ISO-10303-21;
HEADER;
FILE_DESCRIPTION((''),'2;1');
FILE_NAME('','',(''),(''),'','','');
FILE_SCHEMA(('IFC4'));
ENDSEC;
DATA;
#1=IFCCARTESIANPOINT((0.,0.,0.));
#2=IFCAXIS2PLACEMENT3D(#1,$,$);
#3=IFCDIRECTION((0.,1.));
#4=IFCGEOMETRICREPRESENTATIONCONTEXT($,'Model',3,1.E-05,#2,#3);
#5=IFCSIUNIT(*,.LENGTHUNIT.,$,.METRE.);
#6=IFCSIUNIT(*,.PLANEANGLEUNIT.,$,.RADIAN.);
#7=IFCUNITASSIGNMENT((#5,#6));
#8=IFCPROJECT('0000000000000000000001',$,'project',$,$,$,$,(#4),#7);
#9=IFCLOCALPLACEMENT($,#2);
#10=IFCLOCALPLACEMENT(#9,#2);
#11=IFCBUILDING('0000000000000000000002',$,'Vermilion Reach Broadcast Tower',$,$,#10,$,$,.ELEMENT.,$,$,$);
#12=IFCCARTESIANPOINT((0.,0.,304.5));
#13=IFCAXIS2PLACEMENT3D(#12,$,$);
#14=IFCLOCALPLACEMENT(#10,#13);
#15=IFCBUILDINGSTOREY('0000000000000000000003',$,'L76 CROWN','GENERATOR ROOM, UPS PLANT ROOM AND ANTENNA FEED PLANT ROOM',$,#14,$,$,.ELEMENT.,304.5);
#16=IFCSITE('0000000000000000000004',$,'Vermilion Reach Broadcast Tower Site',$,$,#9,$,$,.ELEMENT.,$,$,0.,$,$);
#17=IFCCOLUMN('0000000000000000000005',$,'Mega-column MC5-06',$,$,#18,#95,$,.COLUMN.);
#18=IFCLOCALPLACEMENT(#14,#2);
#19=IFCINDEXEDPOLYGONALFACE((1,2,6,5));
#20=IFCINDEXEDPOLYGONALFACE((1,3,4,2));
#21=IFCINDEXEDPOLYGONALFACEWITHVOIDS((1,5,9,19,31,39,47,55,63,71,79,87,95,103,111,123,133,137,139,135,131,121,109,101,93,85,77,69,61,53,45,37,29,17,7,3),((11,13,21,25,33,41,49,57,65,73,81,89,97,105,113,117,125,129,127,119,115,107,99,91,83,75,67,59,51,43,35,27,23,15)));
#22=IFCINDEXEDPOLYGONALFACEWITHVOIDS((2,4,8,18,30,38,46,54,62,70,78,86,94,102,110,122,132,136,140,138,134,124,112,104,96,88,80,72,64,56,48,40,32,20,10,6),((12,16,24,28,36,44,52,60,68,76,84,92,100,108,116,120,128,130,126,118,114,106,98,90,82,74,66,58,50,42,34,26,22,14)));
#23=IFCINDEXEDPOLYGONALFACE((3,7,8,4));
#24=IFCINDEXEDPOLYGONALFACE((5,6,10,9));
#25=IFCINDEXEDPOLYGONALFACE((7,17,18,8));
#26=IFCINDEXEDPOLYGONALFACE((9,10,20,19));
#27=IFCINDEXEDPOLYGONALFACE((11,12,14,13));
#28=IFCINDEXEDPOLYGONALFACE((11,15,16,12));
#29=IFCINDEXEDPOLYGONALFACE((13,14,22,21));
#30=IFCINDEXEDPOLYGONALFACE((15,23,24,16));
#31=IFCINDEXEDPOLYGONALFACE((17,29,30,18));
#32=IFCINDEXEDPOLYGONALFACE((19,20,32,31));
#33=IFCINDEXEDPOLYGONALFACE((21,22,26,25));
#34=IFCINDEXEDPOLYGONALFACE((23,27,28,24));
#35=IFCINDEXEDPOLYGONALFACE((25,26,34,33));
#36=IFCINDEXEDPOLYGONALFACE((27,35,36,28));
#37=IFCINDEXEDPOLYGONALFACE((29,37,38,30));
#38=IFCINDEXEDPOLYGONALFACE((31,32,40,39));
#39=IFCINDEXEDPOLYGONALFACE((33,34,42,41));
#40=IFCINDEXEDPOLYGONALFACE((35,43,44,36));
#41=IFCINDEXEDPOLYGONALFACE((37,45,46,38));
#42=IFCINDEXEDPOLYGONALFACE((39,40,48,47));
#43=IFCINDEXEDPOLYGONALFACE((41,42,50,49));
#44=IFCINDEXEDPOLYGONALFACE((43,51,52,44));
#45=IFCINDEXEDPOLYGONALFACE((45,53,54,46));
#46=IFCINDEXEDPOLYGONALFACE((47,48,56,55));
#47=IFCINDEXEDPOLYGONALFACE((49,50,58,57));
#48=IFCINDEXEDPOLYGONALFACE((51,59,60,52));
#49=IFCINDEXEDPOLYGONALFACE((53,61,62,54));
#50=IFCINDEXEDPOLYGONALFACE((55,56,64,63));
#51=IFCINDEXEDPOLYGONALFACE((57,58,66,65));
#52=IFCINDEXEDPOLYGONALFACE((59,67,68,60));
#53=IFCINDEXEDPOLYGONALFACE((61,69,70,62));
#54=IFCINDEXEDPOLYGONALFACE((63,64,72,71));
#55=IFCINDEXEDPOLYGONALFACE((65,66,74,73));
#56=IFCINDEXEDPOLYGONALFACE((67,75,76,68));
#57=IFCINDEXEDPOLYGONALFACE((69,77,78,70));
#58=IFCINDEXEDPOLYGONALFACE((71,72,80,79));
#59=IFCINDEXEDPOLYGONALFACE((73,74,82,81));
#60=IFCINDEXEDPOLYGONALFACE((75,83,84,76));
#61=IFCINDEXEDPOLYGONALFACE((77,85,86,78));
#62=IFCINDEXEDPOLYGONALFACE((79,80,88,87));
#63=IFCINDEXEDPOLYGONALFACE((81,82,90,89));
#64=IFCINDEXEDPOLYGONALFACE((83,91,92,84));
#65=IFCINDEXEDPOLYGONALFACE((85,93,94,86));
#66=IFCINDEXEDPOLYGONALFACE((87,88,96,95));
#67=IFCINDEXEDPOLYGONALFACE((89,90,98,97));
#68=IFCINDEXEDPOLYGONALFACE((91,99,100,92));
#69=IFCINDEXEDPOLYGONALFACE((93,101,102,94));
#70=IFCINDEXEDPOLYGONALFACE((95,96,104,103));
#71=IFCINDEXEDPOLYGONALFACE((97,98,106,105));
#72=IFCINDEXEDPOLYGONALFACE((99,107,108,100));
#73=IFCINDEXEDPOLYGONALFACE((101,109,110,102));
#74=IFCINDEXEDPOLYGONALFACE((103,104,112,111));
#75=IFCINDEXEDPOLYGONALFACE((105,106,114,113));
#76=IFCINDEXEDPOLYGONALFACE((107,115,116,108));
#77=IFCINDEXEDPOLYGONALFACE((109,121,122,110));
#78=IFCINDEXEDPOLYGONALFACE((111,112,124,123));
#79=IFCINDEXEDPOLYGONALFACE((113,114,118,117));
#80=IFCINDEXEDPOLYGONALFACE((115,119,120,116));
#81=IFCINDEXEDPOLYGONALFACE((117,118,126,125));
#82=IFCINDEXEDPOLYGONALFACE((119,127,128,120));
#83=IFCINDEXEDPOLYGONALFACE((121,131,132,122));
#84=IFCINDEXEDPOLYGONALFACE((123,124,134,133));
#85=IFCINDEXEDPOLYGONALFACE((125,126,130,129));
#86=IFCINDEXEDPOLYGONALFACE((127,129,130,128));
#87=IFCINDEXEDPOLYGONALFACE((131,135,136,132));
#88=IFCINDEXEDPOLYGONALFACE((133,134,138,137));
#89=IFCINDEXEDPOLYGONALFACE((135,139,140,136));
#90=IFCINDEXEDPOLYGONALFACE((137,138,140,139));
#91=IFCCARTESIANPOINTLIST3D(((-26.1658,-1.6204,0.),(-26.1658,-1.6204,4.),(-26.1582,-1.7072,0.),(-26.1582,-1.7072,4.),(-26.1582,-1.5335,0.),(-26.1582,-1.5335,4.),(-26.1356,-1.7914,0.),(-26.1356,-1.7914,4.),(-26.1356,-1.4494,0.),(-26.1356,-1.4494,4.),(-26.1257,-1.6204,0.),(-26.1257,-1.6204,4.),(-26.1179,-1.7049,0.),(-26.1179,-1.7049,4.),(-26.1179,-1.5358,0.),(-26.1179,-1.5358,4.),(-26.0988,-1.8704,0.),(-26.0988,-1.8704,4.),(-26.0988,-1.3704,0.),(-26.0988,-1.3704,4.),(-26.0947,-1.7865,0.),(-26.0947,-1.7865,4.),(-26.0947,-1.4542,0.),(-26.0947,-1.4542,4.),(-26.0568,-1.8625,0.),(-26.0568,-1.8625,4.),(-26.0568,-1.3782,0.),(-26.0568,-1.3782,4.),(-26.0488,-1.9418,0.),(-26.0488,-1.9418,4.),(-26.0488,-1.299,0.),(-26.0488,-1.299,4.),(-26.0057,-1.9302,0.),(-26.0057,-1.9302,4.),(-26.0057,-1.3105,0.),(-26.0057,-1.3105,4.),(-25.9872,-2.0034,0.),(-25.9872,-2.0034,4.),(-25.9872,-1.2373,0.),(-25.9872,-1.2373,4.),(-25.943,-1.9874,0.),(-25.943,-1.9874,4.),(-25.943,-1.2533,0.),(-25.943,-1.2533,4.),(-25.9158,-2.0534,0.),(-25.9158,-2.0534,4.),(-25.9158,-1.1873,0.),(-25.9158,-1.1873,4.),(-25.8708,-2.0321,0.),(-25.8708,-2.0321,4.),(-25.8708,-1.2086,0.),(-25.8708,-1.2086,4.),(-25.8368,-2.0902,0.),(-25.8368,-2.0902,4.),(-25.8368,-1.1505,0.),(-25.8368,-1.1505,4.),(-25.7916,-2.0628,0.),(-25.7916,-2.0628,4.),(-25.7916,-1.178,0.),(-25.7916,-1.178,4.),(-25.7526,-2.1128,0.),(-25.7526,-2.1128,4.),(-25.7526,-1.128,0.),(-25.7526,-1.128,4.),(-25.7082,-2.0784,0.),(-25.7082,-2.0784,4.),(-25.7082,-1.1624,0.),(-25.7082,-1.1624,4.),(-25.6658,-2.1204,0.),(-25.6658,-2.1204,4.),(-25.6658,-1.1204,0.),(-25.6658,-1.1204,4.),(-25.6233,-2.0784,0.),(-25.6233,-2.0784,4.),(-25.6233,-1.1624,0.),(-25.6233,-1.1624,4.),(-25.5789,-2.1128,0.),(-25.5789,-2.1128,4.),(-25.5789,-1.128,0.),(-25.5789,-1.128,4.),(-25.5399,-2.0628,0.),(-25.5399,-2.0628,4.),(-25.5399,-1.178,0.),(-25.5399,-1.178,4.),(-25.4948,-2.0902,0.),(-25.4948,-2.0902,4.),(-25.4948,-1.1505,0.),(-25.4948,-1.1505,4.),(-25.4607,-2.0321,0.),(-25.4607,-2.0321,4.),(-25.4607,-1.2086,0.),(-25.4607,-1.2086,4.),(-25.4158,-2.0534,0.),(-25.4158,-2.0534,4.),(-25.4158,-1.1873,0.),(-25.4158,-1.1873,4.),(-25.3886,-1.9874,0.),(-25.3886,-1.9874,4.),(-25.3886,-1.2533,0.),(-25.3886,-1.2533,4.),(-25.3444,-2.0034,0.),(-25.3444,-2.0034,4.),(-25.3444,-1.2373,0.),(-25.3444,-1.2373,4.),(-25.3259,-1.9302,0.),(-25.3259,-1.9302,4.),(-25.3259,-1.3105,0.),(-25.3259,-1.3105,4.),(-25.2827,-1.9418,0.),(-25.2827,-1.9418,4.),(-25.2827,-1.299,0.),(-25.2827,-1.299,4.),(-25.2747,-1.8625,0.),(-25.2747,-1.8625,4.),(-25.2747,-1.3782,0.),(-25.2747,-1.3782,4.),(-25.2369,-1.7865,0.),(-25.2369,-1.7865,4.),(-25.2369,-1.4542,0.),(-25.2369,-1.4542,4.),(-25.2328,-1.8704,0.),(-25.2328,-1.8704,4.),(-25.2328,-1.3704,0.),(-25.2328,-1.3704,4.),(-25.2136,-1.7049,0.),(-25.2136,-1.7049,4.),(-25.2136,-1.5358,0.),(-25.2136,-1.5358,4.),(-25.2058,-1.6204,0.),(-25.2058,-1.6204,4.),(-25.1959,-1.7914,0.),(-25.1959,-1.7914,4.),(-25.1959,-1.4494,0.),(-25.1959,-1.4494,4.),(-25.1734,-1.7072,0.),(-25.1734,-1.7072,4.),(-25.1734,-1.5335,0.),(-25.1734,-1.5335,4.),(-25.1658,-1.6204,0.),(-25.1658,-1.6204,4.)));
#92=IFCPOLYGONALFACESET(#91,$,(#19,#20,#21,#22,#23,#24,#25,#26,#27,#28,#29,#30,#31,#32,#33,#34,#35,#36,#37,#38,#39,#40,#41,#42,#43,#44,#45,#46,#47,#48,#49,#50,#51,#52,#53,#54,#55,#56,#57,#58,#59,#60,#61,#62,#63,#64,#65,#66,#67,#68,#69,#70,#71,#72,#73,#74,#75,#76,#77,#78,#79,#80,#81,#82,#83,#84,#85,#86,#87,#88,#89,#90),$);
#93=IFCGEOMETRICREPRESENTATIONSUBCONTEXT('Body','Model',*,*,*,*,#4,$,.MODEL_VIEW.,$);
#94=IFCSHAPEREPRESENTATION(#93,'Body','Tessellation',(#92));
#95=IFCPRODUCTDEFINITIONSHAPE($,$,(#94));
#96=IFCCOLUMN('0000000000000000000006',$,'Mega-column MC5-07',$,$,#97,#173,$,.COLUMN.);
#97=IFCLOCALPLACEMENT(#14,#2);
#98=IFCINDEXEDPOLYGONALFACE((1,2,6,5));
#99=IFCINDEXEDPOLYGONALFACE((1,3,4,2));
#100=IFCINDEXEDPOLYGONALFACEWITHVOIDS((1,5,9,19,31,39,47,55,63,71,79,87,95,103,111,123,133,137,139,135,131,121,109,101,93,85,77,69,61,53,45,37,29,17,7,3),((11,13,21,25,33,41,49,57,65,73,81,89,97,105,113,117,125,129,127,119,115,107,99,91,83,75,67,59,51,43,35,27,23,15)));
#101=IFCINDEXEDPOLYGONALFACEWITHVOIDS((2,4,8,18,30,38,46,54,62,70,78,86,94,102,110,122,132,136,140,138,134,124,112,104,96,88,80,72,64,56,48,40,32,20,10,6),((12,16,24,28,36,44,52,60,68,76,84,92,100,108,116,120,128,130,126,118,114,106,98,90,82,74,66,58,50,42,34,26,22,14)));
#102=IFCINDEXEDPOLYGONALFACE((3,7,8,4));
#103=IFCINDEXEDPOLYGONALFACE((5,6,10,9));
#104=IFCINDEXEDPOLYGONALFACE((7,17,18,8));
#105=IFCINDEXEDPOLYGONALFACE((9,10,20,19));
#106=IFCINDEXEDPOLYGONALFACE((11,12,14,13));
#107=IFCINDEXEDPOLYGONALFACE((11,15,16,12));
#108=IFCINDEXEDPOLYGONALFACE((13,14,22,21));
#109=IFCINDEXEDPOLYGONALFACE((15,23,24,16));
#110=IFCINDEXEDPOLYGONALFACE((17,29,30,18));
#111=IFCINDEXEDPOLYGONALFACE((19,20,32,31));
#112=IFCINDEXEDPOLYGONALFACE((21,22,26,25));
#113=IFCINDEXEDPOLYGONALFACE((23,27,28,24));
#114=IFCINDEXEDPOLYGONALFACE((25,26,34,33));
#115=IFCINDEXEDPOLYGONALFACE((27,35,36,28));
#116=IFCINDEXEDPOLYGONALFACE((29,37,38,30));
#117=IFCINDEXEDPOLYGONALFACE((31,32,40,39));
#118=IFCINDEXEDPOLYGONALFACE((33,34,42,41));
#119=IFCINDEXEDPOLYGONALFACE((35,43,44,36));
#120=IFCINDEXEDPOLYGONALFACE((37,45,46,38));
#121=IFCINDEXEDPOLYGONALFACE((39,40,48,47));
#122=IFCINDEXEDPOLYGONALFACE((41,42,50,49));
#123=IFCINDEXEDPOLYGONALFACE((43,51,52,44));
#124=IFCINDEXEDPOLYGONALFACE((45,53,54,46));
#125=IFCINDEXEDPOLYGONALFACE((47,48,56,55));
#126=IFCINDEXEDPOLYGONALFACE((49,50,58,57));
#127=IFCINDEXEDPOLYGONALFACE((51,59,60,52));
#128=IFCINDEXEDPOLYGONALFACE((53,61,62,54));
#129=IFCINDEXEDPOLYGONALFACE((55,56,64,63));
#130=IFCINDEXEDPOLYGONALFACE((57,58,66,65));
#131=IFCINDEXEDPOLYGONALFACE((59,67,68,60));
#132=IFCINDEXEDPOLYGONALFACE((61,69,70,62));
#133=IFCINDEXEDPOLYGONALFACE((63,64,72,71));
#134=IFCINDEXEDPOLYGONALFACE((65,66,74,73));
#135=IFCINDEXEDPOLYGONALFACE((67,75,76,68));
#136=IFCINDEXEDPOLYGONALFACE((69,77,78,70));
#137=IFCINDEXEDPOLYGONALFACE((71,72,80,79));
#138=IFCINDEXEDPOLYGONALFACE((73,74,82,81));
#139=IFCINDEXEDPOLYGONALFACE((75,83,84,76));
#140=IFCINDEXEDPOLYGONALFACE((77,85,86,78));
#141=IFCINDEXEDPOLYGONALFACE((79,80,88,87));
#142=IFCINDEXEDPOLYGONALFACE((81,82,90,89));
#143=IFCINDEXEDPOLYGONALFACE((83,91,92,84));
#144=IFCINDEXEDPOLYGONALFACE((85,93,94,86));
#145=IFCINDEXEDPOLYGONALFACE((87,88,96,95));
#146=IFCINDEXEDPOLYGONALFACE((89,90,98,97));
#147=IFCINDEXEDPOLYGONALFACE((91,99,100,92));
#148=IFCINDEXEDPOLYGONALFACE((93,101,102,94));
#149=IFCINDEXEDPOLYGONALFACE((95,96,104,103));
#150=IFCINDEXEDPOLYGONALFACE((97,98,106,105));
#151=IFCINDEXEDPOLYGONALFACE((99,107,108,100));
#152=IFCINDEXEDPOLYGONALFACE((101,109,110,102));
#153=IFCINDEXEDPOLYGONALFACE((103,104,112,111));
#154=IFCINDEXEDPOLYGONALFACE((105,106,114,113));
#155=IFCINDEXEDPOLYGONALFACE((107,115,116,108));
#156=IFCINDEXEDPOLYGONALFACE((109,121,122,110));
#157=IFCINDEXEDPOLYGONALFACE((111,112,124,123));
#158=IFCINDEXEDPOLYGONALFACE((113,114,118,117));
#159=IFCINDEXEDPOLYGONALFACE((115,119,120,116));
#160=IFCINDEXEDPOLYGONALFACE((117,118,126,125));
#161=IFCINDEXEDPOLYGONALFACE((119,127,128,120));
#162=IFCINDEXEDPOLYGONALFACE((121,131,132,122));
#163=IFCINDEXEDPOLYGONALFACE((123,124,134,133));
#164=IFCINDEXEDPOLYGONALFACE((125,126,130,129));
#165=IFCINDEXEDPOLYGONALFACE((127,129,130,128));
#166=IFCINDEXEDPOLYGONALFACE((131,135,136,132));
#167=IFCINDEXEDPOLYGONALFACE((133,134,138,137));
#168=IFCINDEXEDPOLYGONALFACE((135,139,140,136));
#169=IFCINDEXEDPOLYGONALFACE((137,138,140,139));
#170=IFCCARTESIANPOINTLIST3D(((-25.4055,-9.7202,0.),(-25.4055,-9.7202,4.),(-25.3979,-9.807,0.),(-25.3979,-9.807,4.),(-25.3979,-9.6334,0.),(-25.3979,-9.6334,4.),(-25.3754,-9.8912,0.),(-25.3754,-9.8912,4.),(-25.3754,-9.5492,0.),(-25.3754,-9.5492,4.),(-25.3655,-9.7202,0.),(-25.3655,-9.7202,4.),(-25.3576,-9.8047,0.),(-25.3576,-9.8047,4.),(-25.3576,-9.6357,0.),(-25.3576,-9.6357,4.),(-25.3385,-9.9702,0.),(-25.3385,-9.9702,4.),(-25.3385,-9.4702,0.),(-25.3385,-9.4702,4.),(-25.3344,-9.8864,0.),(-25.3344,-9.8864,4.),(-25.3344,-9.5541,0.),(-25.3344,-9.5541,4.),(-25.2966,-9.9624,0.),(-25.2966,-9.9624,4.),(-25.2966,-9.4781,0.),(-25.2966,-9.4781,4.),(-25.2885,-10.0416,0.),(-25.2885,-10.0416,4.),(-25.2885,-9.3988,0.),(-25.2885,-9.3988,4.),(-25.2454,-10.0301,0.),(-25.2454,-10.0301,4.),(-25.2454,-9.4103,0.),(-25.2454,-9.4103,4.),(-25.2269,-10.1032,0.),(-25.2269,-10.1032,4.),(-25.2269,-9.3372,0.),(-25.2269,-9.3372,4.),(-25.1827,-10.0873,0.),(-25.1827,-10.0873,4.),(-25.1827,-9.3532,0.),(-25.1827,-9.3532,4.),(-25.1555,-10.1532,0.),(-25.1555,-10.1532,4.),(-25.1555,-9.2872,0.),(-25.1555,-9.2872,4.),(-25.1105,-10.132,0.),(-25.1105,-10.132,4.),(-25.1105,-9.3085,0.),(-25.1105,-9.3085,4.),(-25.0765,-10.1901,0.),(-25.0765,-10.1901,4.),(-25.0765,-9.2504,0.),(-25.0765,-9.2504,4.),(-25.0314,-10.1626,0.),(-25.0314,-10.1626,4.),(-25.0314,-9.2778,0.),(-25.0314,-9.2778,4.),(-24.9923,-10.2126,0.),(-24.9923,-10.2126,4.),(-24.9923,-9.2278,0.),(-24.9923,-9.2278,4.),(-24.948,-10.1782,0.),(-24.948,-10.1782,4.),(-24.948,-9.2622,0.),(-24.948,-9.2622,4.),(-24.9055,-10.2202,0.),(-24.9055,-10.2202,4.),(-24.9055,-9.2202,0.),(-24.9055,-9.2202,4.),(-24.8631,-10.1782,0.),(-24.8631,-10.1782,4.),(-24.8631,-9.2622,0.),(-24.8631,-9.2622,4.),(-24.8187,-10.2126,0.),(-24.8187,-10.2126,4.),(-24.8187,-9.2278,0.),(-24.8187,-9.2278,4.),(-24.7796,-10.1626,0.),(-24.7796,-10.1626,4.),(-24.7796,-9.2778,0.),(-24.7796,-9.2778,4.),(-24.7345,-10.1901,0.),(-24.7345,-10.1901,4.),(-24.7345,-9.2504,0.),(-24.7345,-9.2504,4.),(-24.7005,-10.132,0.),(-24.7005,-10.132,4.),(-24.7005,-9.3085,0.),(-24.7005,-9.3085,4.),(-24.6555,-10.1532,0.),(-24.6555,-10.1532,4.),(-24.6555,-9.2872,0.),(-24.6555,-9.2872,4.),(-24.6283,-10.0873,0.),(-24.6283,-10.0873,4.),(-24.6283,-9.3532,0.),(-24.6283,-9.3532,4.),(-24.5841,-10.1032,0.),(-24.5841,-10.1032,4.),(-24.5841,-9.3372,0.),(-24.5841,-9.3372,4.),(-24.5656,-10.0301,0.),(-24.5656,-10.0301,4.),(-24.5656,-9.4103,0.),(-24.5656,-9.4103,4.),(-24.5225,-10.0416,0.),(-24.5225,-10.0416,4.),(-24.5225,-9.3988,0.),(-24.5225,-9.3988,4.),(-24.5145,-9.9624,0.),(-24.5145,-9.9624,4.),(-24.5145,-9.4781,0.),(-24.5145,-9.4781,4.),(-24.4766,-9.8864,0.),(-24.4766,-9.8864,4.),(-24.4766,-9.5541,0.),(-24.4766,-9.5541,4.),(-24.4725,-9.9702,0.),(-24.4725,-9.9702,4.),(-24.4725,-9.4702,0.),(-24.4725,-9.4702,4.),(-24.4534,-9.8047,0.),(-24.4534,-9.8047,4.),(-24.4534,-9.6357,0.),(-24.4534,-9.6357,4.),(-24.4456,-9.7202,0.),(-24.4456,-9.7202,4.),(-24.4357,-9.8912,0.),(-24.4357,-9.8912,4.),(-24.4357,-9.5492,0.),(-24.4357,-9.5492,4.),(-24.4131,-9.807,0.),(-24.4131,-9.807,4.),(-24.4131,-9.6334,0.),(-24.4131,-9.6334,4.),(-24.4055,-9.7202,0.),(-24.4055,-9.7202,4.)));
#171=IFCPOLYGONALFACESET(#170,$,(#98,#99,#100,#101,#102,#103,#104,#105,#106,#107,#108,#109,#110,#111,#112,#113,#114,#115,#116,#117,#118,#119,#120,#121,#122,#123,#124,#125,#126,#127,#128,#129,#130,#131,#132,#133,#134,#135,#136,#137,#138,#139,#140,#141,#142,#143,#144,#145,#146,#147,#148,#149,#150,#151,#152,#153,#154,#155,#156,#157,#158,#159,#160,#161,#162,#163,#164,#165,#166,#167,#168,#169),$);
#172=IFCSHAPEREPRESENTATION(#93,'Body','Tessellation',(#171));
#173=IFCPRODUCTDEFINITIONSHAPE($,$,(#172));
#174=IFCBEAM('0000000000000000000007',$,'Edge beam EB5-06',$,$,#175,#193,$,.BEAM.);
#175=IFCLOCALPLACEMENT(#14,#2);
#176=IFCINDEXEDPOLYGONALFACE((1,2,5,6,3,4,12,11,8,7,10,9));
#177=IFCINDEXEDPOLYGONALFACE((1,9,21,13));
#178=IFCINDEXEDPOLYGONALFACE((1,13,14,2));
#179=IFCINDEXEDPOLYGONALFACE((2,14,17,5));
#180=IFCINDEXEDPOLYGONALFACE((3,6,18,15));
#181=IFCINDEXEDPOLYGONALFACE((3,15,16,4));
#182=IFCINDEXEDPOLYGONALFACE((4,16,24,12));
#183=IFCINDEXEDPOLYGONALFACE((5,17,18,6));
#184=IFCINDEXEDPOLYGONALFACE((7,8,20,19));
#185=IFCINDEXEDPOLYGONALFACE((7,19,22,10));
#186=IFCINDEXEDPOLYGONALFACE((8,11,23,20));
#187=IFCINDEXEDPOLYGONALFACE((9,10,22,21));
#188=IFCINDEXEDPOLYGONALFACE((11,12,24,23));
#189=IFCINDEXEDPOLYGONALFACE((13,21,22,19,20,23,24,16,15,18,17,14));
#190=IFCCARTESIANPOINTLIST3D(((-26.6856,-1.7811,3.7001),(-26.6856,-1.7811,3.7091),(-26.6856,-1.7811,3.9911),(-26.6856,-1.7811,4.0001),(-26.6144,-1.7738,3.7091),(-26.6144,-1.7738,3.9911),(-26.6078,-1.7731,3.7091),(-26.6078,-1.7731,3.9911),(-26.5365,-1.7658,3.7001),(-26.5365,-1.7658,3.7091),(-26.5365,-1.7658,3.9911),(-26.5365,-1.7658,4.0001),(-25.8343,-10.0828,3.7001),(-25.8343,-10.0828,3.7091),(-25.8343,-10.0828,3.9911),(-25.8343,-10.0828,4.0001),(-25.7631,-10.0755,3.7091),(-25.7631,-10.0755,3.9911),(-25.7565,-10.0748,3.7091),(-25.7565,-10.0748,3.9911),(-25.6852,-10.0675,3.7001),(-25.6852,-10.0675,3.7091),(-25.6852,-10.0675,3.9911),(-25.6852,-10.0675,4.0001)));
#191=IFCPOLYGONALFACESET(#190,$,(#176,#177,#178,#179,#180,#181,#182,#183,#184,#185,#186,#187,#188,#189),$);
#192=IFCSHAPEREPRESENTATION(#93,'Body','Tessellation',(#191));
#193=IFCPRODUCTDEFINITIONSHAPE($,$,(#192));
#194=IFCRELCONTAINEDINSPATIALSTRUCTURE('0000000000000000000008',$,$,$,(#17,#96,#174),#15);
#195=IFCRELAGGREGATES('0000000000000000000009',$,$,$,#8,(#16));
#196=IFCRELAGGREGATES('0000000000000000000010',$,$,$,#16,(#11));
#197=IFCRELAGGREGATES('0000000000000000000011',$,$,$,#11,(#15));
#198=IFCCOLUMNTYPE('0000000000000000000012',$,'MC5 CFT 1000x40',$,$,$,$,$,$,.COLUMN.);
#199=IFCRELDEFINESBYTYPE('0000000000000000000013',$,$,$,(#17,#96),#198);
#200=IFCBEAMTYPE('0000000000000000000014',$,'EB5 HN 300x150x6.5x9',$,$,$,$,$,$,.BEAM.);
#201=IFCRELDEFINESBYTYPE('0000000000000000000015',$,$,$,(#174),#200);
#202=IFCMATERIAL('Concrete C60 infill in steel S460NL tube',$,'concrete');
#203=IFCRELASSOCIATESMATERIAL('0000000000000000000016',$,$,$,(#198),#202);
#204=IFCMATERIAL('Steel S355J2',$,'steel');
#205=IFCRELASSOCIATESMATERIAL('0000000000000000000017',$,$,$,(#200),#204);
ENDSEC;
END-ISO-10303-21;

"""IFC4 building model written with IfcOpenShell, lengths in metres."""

from ifc_helpers import new_model, si_unit, direction, frame, origin, origin_2d, place, context, subcontext, project, spatial, hollow_circle, i_section, extrude, material, material_profile, profile_set, type_object, element, save


model = new_model("IFC4")

# Units and contexts
model_context = context("Model", 3, precision=1e-05, world=origin(), true_north=direction((0.0, 1.0)))
body_context = subcontext(model_context, "Body", "Model", "MODEL_VIEW")
ifc_project = project(units=[si_unit("LENGTHUNIT", "METRE"), si_unit("PLANEANGLEUNIT", "RADIAN")], contexts=[model_context])

# Site, building, storey
site_placement = place(None, origin())
site = spatial("IfcSite", under=ifc_project, at=site_placement, Name="Vermilion Reach Broadcast Tower Site", CompositionType="ELEMENT", RefElevation=0.0)
building_placement = place(site_placement, origin())
building = spatial("IfcBuilding", under=site, at=building_placement, Name="Vermilion Reach Broadcast Tower", CompositionType="ELEMENT")
storey_placement = place(building_placement, frame((0.0, 0.0, 304.5)))
storey = spatial("IfcBuildingStorey", under=building, at=storey_placement, Name="L76 CROWN", Description="GENERATOR ROOM, UPS PLANT ROOM AND ANTENNA FEED PLANT ROOM", CompositionType="ELEMENT", Elevation=304.5)

# Columns
ifc_material_1 = material(Name="Concrete C60 infill in steel S460NL tube", Category="concrete")
ifc_material_profile_1 = material_profile(ifc_material_1, hollow_circle(Radius=0.5, WallThickness=0.04, at=origin_2d()), Name="Concrete C60 infill in steel S460NL tube CFT 1000x40")
ifc_profile_set_1 = profile_set([ifc_material_profile_1], Name="Concrete C60 infill in steel S460NL tube")
column_type = type_object("IfcColumnType", Name="MC5 CFT 1000x40", PredefinedType="COLUMN", material=ifc_profile_set_1)
for number, where, z_axis, x_axis, name in (
    (1, (-25.6658, -1.6204, 0.0), (0.0, 0.0, 1.0), (1.0, 0.0, 0.0), "Mega-column MC5-06"),
    (2, (-24.9055, -9.7202, 0.0), (0.0, 0.0, 1.0), (1.0, 0.0, 0.0), "Mega-column MC5-07"),
):
    element("IfcColumn", number, at=place(storey_placement, frame(where, z_axis=z_axis, x_axis=x_axis)), inside=storey, type_object=column_type, Name=name, PredefinedType="COLUMN", context=body_context, shape_type="SweptSolid", body=[
        extrude(hollow_circle(Radius=0.5, WallThickness=0.04, at=origin_2d()), origin(), (0.0, 0.0, 1.0), 4.0),
    ])

# Beam
ifc_material_2 = material(Name="Steel S355J2", Category="steel")
ifc_material_profile_2 = material_profile(ifc_material_2, i_section(OverallWidth=0.1499, OverallDepth=0.3, WebThickness=0.0066, FlangeThickness=0.009, at=origin_2d()), Name="S355J2 HN 300x150x6.5x9")
ifc_profile_set_2 = profile_set([ifc_material_profile_2], Name="Steel S355J2")
beam_type_1 = type_object("IfcBeamType", Name="EB5 HN 300x150x6.5x9", PredefinedType="BEAM", material=ifc_profile_set_2)
beam_1_placement = place(storey_placement, frame((-26.6111, -1.7734, 3.8501), z_axis=(0.102012, -0.994783, 0.0), x_axis=(0.994783, 0.102012, 0.0)))
element("IfcBeam", 3, at=beam_1_placement, inside=storey, type_object=beam_type_1, Name="Edge beam EB5-06", PredefinedType="BEAM", context=body_context, shape_type="SweptSolid", body=[
    extrude(i_section(OverallWidth=0.1499, OverallDepth=0.3, WebThickness=0.0066, FlangeThickness=0.009, at=origin_2d()), origin(), (0.0, 0.0, 1.0), 8.3452),
])

save(model, "model.ifc")
